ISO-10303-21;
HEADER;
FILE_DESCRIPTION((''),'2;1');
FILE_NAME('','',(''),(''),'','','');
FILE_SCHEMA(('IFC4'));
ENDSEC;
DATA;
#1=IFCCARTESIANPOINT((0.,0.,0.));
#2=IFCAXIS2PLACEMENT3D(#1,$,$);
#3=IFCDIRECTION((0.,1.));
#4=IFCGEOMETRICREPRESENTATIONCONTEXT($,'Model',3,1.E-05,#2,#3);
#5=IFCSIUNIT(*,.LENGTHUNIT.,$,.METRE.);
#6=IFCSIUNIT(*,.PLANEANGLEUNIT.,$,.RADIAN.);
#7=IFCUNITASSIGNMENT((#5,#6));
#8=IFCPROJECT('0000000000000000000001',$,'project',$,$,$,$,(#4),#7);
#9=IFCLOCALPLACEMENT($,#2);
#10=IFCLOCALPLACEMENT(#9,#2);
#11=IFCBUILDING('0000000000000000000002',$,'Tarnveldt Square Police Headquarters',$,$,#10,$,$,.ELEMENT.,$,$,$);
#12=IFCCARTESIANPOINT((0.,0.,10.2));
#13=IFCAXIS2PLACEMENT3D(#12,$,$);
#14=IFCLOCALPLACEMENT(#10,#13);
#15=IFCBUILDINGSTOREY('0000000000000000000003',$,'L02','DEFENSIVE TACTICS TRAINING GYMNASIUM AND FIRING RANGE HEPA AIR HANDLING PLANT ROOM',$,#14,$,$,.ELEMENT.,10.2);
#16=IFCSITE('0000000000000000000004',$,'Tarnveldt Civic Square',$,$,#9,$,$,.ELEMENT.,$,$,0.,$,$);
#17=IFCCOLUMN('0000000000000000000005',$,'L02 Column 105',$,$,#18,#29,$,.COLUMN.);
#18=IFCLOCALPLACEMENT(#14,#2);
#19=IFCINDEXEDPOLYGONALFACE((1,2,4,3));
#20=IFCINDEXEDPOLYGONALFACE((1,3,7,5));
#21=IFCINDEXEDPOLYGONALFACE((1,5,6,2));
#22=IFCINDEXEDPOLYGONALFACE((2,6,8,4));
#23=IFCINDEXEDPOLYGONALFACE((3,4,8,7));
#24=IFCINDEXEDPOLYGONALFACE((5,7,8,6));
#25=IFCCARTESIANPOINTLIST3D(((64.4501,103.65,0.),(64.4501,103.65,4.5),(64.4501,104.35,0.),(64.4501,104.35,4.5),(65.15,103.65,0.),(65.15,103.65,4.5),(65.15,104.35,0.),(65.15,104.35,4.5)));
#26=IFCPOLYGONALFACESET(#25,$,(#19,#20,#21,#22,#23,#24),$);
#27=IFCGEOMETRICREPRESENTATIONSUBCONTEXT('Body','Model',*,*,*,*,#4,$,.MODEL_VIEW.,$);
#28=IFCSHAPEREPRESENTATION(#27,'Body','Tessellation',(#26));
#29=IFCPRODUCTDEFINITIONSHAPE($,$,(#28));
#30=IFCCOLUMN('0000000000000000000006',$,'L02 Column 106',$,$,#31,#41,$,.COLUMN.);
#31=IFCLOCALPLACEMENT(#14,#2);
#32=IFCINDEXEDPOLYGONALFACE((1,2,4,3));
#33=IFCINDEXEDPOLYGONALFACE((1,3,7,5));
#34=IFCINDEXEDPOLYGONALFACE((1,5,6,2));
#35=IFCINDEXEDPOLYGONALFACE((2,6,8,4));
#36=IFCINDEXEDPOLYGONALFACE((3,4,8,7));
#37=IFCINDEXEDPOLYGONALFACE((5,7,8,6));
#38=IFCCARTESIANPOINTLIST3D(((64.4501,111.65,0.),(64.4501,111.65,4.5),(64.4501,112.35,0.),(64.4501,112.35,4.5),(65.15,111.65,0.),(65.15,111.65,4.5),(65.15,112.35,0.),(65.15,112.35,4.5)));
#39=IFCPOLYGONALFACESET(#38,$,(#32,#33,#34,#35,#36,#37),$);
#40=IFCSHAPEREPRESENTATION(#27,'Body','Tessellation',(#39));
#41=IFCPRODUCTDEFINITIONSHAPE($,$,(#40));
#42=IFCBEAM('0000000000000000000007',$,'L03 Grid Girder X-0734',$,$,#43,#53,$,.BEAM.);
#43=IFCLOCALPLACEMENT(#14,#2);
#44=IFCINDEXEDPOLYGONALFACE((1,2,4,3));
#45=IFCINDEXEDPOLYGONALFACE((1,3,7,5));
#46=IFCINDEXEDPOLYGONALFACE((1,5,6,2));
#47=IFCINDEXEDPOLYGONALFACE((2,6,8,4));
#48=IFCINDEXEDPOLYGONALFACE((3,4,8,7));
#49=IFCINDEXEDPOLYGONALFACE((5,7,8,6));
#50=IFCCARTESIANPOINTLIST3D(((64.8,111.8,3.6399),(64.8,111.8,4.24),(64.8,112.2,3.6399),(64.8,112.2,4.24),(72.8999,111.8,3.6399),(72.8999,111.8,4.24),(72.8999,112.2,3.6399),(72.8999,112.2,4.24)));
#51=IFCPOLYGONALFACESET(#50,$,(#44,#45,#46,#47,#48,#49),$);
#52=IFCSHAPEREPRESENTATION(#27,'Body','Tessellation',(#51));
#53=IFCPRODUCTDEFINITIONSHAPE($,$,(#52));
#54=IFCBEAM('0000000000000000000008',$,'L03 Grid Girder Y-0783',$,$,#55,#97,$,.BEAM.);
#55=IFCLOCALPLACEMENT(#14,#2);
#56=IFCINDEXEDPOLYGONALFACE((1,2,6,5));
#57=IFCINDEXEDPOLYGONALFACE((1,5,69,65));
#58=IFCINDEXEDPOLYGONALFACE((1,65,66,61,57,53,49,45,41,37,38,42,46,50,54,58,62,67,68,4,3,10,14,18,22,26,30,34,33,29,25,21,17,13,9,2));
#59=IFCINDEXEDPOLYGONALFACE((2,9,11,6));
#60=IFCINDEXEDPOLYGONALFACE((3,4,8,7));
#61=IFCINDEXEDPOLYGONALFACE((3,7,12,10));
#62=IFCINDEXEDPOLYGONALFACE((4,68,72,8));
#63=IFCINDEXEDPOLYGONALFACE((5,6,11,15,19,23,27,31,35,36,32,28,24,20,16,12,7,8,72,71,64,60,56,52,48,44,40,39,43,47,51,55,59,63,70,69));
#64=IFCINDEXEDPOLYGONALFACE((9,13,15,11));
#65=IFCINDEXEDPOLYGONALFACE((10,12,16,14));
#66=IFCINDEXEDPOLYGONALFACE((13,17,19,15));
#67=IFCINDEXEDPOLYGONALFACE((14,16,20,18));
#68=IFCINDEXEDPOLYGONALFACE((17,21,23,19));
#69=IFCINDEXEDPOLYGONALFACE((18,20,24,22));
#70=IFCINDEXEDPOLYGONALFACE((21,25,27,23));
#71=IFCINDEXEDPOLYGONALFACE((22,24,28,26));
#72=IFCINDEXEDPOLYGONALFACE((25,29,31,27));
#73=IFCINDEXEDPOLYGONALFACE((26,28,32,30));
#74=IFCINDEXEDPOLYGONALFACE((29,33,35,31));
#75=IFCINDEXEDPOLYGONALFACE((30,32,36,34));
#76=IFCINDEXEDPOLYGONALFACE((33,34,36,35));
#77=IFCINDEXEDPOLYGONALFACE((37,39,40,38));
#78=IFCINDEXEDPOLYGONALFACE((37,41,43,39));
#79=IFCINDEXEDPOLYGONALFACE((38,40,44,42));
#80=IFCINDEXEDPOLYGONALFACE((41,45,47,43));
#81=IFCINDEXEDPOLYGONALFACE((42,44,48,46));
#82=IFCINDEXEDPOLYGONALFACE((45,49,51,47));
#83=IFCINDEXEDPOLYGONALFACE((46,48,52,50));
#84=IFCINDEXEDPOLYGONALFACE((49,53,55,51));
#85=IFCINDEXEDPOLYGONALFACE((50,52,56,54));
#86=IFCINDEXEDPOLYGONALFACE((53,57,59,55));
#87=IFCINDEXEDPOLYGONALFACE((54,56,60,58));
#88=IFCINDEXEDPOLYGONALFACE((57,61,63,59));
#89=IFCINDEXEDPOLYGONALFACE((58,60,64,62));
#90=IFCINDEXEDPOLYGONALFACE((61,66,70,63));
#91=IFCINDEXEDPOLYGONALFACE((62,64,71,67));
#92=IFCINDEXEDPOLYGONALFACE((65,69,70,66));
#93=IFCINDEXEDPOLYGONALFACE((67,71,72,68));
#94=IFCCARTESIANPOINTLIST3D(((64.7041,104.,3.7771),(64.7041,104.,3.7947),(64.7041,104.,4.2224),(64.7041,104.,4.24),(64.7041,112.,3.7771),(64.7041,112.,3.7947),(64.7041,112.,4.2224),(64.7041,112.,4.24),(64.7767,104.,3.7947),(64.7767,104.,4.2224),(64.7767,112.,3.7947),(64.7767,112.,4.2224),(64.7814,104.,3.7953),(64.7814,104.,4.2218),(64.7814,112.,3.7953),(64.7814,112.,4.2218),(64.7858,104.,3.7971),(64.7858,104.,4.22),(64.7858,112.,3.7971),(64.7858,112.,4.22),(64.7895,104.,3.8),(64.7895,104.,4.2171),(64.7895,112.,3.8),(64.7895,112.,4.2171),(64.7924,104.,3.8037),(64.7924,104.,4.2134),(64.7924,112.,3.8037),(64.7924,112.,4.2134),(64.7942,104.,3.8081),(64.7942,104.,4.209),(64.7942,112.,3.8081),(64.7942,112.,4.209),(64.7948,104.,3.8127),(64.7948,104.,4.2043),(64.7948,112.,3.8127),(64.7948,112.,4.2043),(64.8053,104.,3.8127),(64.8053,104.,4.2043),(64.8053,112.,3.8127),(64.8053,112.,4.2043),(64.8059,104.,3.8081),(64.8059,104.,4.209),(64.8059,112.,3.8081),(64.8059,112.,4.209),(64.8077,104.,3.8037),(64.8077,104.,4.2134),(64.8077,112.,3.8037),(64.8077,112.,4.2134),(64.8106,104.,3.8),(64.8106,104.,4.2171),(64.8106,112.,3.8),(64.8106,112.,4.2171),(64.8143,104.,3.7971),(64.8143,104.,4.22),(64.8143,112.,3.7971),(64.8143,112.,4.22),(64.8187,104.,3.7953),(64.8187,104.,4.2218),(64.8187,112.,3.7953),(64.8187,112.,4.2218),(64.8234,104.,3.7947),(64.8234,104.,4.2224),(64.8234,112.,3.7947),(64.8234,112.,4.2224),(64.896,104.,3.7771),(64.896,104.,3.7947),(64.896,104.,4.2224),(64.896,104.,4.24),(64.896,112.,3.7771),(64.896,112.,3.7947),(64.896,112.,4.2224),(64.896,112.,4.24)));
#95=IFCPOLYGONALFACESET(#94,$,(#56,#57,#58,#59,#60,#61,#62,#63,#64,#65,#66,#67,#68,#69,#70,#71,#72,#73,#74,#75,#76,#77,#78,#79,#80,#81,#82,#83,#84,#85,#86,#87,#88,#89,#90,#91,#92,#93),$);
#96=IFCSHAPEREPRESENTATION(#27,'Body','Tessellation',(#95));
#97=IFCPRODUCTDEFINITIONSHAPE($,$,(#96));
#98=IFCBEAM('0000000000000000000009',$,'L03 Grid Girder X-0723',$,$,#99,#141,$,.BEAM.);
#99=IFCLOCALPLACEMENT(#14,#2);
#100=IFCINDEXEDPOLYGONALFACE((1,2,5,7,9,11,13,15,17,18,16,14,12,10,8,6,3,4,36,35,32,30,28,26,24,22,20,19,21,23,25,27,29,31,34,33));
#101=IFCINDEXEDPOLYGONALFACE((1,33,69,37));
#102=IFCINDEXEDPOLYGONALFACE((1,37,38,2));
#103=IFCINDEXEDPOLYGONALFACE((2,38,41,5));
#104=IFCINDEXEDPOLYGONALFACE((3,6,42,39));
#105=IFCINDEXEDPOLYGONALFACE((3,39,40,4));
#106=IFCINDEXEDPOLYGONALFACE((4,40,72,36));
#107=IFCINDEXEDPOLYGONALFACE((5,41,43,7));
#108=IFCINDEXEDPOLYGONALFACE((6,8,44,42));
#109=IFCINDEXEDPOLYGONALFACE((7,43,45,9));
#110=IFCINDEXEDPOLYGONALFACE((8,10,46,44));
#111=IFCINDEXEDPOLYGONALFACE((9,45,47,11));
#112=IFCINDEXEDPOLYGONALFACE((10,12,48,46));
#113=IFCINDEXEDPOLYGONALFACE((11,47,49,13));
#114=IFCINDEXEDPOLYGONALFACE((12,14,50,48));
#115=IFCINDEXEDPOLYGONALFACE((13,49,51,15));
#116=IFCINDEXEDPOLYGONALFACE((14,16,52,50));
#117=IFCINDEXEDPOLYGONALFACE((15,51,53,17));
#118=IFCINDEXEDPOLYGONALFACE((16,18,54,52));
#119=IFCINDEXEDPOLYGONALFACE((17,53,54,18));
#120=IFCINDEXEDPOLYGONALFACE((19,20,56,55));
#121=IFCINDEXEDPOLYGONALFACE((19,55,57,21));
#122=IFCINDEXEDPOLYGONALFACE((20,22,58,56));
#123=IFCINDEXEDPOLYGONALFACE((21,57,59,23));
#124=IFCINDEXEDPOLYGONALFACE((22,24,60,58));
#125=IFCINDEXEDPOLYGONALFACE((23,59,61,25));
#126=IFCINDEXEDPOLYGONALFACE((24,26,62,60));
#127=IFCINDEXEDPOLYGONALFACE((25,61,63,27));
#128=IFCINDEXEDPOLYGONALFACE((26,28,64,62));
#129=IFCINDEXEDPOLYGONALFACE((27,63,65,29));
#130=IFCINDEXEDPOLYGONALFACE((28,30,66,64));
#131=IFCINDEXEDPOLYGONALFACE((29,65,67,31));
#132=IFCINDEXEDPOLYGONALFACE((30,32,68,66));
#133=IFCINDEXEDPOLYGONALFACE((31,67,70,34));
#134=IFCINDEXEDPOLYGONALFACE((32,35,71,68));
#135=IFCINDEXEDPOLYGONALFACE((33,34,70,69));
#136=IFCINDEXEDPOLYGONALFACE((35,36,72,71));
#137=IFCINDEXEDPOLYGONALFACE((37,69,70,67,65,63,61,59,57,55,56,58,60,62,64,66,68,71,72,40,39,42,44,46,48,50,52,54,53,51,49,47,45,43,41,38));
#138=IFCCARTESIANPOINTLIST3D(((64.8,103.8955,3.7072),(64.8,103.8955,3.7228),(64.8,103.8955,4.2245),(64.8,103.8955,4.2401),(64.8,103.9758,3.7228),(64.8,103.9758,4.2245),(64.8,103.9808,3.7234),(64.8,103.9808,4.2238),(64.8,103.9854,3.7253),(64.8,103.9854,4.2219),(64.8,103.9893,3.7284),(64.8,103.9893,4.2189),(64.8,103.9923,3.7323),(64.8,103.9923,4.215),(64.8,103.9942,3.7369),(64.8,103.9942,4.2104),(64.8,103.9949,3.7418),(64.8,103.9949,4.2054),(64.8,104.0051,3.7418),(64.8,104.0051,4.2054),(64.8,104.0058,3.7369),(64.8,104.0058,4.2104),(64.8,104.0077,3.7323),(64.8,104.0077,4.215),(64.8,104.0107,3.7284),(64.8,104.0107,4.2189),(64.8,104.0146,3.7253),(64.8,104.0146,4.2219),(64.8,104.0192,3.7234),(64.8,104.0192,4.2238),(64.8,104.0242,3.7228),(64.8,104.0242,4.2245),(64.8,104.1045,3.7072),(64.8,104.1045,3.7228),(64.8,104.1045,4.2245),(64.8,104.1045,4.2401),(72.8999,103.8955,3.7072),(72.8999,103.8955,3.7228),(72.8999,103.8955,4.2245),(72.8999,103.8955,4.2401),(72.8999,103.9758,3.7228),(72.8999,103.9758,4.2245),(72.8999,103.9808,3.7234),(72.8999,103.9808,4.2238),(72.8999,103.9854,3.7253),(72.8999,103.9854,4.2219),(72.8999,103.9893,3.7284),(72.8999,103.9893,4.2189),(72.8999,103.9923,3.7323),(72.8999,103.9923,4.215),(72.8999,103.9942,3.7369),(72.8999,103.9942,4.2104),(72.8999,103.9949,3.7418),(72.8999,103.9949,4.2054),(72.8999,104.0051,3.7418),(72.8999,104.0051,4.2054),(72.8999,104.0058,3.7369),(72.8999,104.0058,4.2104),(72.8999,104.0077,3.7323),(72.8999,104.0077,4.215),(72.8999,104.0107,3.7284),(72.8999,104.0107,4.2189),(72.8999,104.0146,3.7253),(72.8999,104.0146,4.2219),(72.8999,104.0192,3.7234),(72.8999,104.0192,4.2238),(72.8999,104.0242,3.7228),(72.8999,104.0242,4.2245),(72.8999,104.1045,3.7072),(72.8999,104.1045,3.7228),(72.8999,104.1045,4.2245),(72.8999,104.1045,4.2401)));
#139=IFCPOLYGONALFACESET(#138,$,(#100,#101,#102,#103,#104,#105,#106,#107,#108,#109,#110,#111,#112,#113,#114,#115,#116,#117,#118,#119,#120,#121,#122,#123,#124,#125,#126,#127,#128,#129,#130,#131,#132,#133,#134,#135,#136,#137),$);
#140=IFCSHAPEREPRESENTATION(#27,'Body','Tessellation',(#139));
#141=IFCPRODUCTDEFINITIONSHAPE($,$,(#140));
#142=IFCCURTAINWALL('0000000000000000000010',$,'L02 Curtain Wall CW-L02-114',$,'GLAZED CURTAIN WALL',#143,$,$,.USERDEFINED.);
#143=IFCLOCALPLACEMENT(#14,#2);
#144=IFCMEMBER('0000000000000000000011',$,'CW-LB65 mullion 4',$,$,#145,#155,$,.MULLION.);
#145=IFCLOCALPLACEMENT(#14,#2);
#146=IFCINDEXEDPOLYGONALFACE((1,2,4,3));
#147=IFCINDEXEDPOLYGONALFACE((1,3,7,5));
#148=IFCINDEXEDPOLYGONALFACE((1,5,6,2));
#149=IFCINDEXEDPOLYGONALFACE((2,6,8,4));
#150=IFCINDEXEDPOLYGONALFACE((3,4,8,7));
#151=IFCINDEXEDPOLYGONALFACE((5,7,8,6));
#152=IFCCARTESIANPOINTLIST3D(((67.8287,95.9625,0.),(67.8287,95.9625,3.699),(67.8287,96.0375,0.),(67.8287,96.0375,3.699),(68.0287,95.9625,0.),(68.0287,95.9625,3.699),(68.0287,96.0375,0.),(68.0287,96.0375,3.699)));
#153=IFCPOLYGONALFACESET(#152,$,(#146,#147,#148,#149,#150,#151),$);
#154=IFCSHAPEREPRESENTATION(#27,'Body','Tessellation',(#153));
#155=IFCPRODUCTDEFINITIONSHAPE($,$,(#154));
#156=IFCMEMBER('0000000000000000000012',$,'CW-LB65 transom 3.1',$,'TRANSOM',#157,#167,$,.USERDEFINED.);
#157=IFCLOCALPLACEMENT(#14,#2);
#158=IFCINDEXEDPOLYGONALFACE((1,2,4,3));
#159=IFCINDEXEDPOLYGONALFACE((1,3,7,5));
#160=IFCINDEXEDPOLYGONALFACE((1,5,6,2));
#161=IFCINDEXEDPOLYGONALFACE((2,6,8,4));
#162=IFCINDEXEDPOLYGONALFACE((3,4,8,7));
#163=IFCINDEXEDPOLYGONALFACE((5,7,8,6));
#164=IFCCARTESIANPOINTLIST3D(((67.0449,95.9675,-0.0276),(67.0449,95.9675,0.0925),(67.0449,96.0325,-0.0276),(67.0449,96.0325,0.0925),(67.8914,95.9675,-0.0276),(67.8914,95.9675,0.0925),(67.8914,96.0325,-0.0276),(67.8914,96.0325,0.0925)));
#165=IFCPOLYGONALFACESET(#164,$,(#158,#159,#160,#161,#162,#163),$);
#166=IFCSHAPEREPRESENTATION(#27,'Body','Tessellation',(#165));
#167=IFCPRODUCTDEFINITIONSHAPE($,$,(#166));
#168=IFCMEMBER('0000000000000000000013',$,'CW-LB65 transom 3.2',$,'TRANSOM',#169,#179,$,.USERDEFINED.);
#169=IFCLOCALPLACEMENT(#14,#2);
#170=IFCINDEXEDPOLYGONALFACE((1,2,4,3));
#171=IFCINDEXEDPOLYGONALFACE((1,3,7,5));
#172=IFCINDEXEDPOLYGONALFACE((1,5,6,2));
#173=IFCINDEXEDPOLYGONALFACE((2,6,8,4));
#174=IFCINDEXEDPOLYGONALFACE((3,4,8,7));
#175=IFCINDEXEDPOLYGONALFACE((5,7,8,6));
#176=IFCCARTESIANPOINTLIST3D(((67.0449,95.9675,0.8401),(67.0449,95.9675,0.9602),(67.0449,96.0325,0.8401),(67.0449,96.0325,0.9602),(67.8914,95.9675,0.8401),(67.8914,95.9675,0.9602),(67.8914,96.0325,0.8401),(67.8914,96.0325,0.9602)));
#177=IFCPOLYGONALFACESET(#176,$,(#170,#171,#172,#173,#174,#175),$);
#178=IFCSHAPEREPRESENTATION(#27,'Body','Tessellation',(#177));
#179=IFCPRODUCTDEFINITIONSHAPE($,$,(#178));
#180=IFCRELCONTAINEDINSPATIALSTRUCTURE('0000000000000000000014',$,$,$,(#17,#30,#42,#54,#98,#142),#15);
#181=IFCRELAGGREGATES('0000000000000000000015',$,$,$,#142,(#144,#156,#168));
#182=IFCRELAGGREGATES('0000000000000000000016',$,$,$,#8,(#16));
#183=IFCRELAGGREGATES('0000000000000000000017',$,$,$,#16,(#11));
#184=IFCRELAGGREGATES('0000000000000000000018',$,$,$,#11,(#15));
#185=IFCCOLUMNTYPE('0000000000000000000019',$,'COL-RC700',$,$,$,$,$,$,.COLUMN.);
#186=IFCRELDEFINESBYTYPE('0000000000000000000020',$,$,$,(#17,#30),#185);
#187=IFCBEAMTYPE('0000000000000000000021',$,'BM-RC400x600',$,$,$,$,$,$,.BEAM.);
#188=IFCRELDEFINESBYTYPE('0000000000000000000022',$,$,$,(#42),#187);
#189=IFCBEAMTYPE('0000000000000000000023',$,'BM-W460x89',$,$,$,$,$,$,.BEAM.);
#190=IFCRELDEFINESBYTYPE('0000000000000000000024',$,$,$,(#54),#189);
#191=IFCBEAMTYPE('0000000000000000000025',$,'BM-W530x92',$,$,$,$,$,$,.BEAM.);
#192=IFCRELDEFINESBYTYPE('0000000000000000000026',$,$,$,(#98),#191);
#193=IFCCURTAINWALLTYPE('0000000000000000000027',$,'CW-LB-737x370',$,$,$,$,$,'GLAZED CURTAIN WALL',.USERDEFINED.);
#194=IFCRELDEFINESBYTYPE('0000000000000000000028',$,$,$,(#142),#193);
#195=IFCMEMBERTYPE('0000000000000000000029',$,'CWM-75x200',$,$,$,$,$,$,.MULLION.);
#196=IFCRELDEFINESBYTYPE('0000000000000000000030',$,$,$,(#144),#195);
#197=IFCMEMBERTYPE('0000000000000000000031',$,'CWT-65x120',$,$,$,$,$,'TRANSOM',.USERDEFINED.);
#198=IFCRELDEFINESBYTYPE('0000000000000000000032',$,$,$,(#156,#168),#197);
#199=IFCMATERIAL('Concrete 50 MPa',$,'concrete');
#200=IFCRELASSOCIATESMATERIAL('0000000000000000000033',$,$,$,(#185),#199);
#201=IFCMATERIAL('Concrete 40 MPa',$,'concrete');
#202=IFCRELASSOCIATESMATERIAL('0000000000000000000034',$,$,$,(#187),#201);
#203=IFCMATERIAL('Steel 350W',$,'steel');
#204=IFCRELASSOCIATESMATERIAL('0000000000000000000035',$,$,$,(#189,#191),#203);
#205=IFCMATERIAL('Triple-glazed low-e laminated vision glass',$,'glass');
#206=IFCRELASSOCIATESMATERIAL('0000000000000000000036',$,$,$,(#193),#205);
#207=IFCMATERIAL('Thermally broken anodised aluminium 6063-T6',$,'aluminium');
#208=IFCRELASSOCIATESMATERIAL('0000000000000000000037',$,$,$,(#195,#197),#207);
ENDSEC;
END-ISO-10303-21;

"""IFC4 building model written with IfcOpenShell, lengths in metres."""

from ifc_helpers import new_model, si_unit, direction, frame, origin, origin_2d, place, context, subcontext, project, spatial, rectangle, i_section, extrude, material, material_profile, profile_set, type_object, element, aggregate, save


model = new_model("IFC4")

# Units and contexts
model_context = context("Model", 3, precision=1e-05, world=origin(), true_north=direction((0.0, 1.0)))
body_context = subcontext(model_context, "Body", "Model", "MODEL_VIEW")
ifc_project = project(units=[si_unit("LENGTHUNIT", "METRE"), si_unit("PLANEANGLEUNIT", "RADIAN")], contexts=[model_context])

# Site, building, storey
site_placement = place(None, origin())
site = spatial("IfcSite", under=ifc_project, at=site_placement, Name="Tarnveldt Civic Square", CompositionType="ELEMENT", RefElevation=0.0)
building_placement = place(site_placement, origin())
building = spatial("IfcBuilding", under=site, at=building_placement, Name="Tarnveldt Square Police Headquarters", CompositionType="ELEMENT")
storey_placement = place(building_placement, frame((0.0, 0.0, 10.2)))
storey = spatial("IfcBuildingStorey", under=building, at=storey_placement, Name="L02", Description="DEFENSIVE TACTICS TRAINING GYMNASIUM AND FIRING RANGE HEPA AIR HANDLING PLANT ROOM", CompositionType="ELEMENT", Elevation=10.2)

# Columns
ifc_material_1 = material(Name="Concrete 50 MPa", Category="concrete")
ifc_material_profile_1 = material_profile(ifc_material_1, rectangle(XDim=0.7, YDim=0.7, at=origin_2d()), Name="RC-C700x700")
ifc_profile_set_1 = profile_set([ifc_material_profile_1], Name="Concrete 50 MPa")
column_type = type_object("IfcColumnType", Name="COL-RC700", PredefinedType="COLUMN", material=ifc_profile_set_1)
for number, where, z_axis, x_axis, name in (
    (1, (64.8, 104.0, 0.0), (0.0, 0.0, 1.0), (1.0, 0.0, 0.0), "L02 Column 105"),
    (2, (64.8, 112.0, 0.0), (0.0, 0.0, 1.0), (1.0, 0.0, 0.0), "L02 Column 106"),
):
    element("IfcColumn", number, at=place(storey_placement, frame(where, z_axis=z_axis, x_axis=x_axis)), inside=storey, type_object=column_type, Name=name, PredefinedType="COLUMN", context=body_context, shape_type="SweptSolid", body=[
        extrude(rectangle(XDim=0.7, YDim=0.7, at=origin_2d()), origin(), (0.0, 0.0, 1.0), 4.5),
    ])

# Beams
ifc_material_2 = material(Name="Concrete 40 MPa", Category="concrete")
ifc_material_profile_2 = material_profile(ifc_material_2, rectangle(XDim=0.3999, YDim=0.6001, at=origin_2d()), Name="RC-B400x600")
ifc_profile_set_2 = profile_set([ifc_material_profile_2], Name="Concrete 40 MPa")
beam_type_1 = type_object("IfcBeamType", Name="BM-RC400x600", PredefinedType="BEAM", material=ifc_profile_set_2)
beam_1_placement = place(storey_placement, frame((64.8, 112.0, 3.9399), z_axis=(1.0, 0.0, 0.0), x_axis=(0.0, 1.0, 0.0)))
element("IfcBeam", 3, at=beam_1_placement, inside=storey, type_object=beam_type_1, Name="L03 Grid Girder X-0734", PredefinedType="BEAM", context=body_context, shape_type="SweptSolid", body=[
    extrude(rectangle(XDim=0.3999, YDim=0.6001, at=origin_2d()), origin(), (0.0, 0.0, 1.0), 8.0999),
])
ifc_material_3 = material(Name="Steel 350W", Category="steel")
ifc_material_profile_3 = material_profile(ifc_material_3, i_section(OverallWidth=0.1919, OverallDepth=0.4629, WebThickness=0.0105, FlangeThickness=0.0176, FilletRadius=0.0181, at=origin_2d()), Name="W460x89")
ifc_profile_set_3 = profile_set([ifc_material_profile_3], Name="Steel 350W")
beam_type_2 = type_object("IfcBeamType", Name="BM-W460x89", PredefinedType="BEAM", material=ifc_profile_set_3)
beam_2_placement = place(storey_placement, frame((64.8, 104.0, 4.0085), z_axis=(0.0, 1.0, 0.0), x_axis=(-1.0, 0.0, 0.0)))
element("IfcBeam", 4, at=beam_2_placement, inside=storey, type_object=beam_type_2, Name="L03 Grid Girder Y-0783", PredefinedType="BEAM", context=body_context, shape_type="SweptSolid", body=[
    extrude(i_section(OverallWidth=0.1919, OverallDepth=0.4629, WebThickness=0.0105, FlangeThickness=0.0176, FilletRadius=0.0181, at=origin_2d()), origin(), (0.0, 0.0, 1.0), 8.0),
])
ifc_material_profile_4 = material_profile(ifc_material_3, i_section(OverallWidth=0.209, OverallDepth=0.533, WebThickness=0.0103, FlangeThickness=0.0156, FilletRadius=0.019, at=origin_2d()), Name="W530x92")
ifc_profile_set_4 = profile_set([ifc_material_profile_4], Name="Steel 350W")
beam_type_3 = type_object("IfcBeamType", Name="BM-W530x92", PredefinedType="BEAM", material=ifc_profile_set_4)
beam_3_placement = place(storey_placement, frame((64.8, 104.0, 3.9736), z_axis=(1.0, 0.0, 0.0), x_axis=(0.0, 1.0, 0.0)))
element("IfcBeam", 5, at=beam_3_placement, inside=storey, type_object=beam_type_3, Name="L03 Grid Girder X-0723", PredefinedType="BEAM", context=body_context, shape_type="SweptSolid", body=[
    extrude(i_section(OverallWidth=0.209, OverallDepth=0.533, WebThickness=0.0103, FlangeThickness=0.0156, FilletRadius=0.019, at=origin_2d()), origin(), (0.0, 0.0, 1.0), 8.0999),
])

# Curtain wall, members
ifc_material_4 = material(Name="Triple-glazed low-e laminated vision glass", Category="glass")
curtain_wall_type = type_object("IfcCurtainWallType", Name="CW-LB-737x370", ElementType="GLAZED CURTAIN WALL", PredefinedType="USERDEFINED", material=ifc_material_4)
curtain_wall_placement = place(storey_placement, origin())
curtain_wall = element("IfcCurtainWall", 6, at=curtain_wall_placement, inside=storey, type_object=curtain_wall_type, Name="L02 Curtain Wall CW-L02-114", ObjectType="GLAZED CURTAIN WALL", PredefinedType="USERDEFINED")
ifc_material_5 = material(Name="Thermally broken anodised aluminium 6063-T6", Category="aluminium")
ifc_material_profile_5 = material_profile(ifc_material_5, rectangle(XDim=0.075, YDim=0.2, at=origin_2d()), Name="CW-M75x200")
ifc_profile_set_5 = profile_set([ifc_material_profile_5], Name="Thermally broken anodised aluminium 6063-T6")
member_type_1 = type_object("IfcMemberType", Name="CWM-75x200", PredefinedType="MULLION", material=ifc_profile_set_5)
member_1_placement = place(storey_placement, frame((67.9287, 96.0, 0.0), z_axis=(0.0, 0.0, 1.0), x_axis=(0.0, 1.0, 0.0)))
member_1 = element("IfcMember", 7, at=member_1_placement, type_object=member_type_1, Name="CW-LB65 mullion 4", PredefinedType="MULLION", context=body_context, shape_type="SweptSolid", body=[
    extrude(rectangle(XDim=0.075, YDim=0.2, at=origin_2d()), origin(), (0.0, 0.0, 1.0), 3.699),
])
ifc_material_profile_6 = material_profile(ifc_material_5, rectangle(XDim=0.0649, YDim=0.1201, at=origin_2d()), Name="CW-T65x120")
ifc_profile_set_6 = profile_set([ifc_material_profile_6], Name="Thermally broken anodised aluminium 6063-T6")
member_type_2 = type_object("IfcMemberType", Name="CWT-65x120", ElementType="TRANSOM", PredefinedType="USERDEFINED", material=ifc_profile_set_6)
member_2_placement = place(storey_placement, frame((67.0449, 96.0, 0.0325), z_axis=(1.0, 0.0, 0.0), x_axis=(0.0, 1.0, 0.0)))
member_2 = element("IfcMember", 8, at=member_2_placement, type_object=member_type_2, Name="CW-LB65 transom 3.1", ObjectType="TRANSOM", PredefinedType="USERDEFINED", context=body_context, shape_type="SweptSolid", body=[
    extrude(rectangle(XDim=0.0649, YDim=0.1201, at=origin_2d()), origin(), (0.0, 0.0, 1.0), 0.8464),
])
member_3_placement = place(storey_placement, frame((67.0449, 96.0, 0.9001), z_axis=(1.0, 0.0, 0.0), x_axis=(0.0, 1.0, 0.0)))
member_3 = element("IfcMember", 9, at=member_3_placement, type_object=member_type_2, Name="CW-LB65 transom 3.2", ObjectType="TRANSOM", PredefinedType="USERDEFINED", context=body_context, shape_type="SweptSolid", body=[
    extrude(rectangle(XDim=0.0649, YDim=0.1201, at=origin_2d()), origin(), (0.0, 0.0, 1.0), 0.8464),
])
aggregate(curtain_wall, [member_1, member_2, member_3])

save(model, "model.ifc")
